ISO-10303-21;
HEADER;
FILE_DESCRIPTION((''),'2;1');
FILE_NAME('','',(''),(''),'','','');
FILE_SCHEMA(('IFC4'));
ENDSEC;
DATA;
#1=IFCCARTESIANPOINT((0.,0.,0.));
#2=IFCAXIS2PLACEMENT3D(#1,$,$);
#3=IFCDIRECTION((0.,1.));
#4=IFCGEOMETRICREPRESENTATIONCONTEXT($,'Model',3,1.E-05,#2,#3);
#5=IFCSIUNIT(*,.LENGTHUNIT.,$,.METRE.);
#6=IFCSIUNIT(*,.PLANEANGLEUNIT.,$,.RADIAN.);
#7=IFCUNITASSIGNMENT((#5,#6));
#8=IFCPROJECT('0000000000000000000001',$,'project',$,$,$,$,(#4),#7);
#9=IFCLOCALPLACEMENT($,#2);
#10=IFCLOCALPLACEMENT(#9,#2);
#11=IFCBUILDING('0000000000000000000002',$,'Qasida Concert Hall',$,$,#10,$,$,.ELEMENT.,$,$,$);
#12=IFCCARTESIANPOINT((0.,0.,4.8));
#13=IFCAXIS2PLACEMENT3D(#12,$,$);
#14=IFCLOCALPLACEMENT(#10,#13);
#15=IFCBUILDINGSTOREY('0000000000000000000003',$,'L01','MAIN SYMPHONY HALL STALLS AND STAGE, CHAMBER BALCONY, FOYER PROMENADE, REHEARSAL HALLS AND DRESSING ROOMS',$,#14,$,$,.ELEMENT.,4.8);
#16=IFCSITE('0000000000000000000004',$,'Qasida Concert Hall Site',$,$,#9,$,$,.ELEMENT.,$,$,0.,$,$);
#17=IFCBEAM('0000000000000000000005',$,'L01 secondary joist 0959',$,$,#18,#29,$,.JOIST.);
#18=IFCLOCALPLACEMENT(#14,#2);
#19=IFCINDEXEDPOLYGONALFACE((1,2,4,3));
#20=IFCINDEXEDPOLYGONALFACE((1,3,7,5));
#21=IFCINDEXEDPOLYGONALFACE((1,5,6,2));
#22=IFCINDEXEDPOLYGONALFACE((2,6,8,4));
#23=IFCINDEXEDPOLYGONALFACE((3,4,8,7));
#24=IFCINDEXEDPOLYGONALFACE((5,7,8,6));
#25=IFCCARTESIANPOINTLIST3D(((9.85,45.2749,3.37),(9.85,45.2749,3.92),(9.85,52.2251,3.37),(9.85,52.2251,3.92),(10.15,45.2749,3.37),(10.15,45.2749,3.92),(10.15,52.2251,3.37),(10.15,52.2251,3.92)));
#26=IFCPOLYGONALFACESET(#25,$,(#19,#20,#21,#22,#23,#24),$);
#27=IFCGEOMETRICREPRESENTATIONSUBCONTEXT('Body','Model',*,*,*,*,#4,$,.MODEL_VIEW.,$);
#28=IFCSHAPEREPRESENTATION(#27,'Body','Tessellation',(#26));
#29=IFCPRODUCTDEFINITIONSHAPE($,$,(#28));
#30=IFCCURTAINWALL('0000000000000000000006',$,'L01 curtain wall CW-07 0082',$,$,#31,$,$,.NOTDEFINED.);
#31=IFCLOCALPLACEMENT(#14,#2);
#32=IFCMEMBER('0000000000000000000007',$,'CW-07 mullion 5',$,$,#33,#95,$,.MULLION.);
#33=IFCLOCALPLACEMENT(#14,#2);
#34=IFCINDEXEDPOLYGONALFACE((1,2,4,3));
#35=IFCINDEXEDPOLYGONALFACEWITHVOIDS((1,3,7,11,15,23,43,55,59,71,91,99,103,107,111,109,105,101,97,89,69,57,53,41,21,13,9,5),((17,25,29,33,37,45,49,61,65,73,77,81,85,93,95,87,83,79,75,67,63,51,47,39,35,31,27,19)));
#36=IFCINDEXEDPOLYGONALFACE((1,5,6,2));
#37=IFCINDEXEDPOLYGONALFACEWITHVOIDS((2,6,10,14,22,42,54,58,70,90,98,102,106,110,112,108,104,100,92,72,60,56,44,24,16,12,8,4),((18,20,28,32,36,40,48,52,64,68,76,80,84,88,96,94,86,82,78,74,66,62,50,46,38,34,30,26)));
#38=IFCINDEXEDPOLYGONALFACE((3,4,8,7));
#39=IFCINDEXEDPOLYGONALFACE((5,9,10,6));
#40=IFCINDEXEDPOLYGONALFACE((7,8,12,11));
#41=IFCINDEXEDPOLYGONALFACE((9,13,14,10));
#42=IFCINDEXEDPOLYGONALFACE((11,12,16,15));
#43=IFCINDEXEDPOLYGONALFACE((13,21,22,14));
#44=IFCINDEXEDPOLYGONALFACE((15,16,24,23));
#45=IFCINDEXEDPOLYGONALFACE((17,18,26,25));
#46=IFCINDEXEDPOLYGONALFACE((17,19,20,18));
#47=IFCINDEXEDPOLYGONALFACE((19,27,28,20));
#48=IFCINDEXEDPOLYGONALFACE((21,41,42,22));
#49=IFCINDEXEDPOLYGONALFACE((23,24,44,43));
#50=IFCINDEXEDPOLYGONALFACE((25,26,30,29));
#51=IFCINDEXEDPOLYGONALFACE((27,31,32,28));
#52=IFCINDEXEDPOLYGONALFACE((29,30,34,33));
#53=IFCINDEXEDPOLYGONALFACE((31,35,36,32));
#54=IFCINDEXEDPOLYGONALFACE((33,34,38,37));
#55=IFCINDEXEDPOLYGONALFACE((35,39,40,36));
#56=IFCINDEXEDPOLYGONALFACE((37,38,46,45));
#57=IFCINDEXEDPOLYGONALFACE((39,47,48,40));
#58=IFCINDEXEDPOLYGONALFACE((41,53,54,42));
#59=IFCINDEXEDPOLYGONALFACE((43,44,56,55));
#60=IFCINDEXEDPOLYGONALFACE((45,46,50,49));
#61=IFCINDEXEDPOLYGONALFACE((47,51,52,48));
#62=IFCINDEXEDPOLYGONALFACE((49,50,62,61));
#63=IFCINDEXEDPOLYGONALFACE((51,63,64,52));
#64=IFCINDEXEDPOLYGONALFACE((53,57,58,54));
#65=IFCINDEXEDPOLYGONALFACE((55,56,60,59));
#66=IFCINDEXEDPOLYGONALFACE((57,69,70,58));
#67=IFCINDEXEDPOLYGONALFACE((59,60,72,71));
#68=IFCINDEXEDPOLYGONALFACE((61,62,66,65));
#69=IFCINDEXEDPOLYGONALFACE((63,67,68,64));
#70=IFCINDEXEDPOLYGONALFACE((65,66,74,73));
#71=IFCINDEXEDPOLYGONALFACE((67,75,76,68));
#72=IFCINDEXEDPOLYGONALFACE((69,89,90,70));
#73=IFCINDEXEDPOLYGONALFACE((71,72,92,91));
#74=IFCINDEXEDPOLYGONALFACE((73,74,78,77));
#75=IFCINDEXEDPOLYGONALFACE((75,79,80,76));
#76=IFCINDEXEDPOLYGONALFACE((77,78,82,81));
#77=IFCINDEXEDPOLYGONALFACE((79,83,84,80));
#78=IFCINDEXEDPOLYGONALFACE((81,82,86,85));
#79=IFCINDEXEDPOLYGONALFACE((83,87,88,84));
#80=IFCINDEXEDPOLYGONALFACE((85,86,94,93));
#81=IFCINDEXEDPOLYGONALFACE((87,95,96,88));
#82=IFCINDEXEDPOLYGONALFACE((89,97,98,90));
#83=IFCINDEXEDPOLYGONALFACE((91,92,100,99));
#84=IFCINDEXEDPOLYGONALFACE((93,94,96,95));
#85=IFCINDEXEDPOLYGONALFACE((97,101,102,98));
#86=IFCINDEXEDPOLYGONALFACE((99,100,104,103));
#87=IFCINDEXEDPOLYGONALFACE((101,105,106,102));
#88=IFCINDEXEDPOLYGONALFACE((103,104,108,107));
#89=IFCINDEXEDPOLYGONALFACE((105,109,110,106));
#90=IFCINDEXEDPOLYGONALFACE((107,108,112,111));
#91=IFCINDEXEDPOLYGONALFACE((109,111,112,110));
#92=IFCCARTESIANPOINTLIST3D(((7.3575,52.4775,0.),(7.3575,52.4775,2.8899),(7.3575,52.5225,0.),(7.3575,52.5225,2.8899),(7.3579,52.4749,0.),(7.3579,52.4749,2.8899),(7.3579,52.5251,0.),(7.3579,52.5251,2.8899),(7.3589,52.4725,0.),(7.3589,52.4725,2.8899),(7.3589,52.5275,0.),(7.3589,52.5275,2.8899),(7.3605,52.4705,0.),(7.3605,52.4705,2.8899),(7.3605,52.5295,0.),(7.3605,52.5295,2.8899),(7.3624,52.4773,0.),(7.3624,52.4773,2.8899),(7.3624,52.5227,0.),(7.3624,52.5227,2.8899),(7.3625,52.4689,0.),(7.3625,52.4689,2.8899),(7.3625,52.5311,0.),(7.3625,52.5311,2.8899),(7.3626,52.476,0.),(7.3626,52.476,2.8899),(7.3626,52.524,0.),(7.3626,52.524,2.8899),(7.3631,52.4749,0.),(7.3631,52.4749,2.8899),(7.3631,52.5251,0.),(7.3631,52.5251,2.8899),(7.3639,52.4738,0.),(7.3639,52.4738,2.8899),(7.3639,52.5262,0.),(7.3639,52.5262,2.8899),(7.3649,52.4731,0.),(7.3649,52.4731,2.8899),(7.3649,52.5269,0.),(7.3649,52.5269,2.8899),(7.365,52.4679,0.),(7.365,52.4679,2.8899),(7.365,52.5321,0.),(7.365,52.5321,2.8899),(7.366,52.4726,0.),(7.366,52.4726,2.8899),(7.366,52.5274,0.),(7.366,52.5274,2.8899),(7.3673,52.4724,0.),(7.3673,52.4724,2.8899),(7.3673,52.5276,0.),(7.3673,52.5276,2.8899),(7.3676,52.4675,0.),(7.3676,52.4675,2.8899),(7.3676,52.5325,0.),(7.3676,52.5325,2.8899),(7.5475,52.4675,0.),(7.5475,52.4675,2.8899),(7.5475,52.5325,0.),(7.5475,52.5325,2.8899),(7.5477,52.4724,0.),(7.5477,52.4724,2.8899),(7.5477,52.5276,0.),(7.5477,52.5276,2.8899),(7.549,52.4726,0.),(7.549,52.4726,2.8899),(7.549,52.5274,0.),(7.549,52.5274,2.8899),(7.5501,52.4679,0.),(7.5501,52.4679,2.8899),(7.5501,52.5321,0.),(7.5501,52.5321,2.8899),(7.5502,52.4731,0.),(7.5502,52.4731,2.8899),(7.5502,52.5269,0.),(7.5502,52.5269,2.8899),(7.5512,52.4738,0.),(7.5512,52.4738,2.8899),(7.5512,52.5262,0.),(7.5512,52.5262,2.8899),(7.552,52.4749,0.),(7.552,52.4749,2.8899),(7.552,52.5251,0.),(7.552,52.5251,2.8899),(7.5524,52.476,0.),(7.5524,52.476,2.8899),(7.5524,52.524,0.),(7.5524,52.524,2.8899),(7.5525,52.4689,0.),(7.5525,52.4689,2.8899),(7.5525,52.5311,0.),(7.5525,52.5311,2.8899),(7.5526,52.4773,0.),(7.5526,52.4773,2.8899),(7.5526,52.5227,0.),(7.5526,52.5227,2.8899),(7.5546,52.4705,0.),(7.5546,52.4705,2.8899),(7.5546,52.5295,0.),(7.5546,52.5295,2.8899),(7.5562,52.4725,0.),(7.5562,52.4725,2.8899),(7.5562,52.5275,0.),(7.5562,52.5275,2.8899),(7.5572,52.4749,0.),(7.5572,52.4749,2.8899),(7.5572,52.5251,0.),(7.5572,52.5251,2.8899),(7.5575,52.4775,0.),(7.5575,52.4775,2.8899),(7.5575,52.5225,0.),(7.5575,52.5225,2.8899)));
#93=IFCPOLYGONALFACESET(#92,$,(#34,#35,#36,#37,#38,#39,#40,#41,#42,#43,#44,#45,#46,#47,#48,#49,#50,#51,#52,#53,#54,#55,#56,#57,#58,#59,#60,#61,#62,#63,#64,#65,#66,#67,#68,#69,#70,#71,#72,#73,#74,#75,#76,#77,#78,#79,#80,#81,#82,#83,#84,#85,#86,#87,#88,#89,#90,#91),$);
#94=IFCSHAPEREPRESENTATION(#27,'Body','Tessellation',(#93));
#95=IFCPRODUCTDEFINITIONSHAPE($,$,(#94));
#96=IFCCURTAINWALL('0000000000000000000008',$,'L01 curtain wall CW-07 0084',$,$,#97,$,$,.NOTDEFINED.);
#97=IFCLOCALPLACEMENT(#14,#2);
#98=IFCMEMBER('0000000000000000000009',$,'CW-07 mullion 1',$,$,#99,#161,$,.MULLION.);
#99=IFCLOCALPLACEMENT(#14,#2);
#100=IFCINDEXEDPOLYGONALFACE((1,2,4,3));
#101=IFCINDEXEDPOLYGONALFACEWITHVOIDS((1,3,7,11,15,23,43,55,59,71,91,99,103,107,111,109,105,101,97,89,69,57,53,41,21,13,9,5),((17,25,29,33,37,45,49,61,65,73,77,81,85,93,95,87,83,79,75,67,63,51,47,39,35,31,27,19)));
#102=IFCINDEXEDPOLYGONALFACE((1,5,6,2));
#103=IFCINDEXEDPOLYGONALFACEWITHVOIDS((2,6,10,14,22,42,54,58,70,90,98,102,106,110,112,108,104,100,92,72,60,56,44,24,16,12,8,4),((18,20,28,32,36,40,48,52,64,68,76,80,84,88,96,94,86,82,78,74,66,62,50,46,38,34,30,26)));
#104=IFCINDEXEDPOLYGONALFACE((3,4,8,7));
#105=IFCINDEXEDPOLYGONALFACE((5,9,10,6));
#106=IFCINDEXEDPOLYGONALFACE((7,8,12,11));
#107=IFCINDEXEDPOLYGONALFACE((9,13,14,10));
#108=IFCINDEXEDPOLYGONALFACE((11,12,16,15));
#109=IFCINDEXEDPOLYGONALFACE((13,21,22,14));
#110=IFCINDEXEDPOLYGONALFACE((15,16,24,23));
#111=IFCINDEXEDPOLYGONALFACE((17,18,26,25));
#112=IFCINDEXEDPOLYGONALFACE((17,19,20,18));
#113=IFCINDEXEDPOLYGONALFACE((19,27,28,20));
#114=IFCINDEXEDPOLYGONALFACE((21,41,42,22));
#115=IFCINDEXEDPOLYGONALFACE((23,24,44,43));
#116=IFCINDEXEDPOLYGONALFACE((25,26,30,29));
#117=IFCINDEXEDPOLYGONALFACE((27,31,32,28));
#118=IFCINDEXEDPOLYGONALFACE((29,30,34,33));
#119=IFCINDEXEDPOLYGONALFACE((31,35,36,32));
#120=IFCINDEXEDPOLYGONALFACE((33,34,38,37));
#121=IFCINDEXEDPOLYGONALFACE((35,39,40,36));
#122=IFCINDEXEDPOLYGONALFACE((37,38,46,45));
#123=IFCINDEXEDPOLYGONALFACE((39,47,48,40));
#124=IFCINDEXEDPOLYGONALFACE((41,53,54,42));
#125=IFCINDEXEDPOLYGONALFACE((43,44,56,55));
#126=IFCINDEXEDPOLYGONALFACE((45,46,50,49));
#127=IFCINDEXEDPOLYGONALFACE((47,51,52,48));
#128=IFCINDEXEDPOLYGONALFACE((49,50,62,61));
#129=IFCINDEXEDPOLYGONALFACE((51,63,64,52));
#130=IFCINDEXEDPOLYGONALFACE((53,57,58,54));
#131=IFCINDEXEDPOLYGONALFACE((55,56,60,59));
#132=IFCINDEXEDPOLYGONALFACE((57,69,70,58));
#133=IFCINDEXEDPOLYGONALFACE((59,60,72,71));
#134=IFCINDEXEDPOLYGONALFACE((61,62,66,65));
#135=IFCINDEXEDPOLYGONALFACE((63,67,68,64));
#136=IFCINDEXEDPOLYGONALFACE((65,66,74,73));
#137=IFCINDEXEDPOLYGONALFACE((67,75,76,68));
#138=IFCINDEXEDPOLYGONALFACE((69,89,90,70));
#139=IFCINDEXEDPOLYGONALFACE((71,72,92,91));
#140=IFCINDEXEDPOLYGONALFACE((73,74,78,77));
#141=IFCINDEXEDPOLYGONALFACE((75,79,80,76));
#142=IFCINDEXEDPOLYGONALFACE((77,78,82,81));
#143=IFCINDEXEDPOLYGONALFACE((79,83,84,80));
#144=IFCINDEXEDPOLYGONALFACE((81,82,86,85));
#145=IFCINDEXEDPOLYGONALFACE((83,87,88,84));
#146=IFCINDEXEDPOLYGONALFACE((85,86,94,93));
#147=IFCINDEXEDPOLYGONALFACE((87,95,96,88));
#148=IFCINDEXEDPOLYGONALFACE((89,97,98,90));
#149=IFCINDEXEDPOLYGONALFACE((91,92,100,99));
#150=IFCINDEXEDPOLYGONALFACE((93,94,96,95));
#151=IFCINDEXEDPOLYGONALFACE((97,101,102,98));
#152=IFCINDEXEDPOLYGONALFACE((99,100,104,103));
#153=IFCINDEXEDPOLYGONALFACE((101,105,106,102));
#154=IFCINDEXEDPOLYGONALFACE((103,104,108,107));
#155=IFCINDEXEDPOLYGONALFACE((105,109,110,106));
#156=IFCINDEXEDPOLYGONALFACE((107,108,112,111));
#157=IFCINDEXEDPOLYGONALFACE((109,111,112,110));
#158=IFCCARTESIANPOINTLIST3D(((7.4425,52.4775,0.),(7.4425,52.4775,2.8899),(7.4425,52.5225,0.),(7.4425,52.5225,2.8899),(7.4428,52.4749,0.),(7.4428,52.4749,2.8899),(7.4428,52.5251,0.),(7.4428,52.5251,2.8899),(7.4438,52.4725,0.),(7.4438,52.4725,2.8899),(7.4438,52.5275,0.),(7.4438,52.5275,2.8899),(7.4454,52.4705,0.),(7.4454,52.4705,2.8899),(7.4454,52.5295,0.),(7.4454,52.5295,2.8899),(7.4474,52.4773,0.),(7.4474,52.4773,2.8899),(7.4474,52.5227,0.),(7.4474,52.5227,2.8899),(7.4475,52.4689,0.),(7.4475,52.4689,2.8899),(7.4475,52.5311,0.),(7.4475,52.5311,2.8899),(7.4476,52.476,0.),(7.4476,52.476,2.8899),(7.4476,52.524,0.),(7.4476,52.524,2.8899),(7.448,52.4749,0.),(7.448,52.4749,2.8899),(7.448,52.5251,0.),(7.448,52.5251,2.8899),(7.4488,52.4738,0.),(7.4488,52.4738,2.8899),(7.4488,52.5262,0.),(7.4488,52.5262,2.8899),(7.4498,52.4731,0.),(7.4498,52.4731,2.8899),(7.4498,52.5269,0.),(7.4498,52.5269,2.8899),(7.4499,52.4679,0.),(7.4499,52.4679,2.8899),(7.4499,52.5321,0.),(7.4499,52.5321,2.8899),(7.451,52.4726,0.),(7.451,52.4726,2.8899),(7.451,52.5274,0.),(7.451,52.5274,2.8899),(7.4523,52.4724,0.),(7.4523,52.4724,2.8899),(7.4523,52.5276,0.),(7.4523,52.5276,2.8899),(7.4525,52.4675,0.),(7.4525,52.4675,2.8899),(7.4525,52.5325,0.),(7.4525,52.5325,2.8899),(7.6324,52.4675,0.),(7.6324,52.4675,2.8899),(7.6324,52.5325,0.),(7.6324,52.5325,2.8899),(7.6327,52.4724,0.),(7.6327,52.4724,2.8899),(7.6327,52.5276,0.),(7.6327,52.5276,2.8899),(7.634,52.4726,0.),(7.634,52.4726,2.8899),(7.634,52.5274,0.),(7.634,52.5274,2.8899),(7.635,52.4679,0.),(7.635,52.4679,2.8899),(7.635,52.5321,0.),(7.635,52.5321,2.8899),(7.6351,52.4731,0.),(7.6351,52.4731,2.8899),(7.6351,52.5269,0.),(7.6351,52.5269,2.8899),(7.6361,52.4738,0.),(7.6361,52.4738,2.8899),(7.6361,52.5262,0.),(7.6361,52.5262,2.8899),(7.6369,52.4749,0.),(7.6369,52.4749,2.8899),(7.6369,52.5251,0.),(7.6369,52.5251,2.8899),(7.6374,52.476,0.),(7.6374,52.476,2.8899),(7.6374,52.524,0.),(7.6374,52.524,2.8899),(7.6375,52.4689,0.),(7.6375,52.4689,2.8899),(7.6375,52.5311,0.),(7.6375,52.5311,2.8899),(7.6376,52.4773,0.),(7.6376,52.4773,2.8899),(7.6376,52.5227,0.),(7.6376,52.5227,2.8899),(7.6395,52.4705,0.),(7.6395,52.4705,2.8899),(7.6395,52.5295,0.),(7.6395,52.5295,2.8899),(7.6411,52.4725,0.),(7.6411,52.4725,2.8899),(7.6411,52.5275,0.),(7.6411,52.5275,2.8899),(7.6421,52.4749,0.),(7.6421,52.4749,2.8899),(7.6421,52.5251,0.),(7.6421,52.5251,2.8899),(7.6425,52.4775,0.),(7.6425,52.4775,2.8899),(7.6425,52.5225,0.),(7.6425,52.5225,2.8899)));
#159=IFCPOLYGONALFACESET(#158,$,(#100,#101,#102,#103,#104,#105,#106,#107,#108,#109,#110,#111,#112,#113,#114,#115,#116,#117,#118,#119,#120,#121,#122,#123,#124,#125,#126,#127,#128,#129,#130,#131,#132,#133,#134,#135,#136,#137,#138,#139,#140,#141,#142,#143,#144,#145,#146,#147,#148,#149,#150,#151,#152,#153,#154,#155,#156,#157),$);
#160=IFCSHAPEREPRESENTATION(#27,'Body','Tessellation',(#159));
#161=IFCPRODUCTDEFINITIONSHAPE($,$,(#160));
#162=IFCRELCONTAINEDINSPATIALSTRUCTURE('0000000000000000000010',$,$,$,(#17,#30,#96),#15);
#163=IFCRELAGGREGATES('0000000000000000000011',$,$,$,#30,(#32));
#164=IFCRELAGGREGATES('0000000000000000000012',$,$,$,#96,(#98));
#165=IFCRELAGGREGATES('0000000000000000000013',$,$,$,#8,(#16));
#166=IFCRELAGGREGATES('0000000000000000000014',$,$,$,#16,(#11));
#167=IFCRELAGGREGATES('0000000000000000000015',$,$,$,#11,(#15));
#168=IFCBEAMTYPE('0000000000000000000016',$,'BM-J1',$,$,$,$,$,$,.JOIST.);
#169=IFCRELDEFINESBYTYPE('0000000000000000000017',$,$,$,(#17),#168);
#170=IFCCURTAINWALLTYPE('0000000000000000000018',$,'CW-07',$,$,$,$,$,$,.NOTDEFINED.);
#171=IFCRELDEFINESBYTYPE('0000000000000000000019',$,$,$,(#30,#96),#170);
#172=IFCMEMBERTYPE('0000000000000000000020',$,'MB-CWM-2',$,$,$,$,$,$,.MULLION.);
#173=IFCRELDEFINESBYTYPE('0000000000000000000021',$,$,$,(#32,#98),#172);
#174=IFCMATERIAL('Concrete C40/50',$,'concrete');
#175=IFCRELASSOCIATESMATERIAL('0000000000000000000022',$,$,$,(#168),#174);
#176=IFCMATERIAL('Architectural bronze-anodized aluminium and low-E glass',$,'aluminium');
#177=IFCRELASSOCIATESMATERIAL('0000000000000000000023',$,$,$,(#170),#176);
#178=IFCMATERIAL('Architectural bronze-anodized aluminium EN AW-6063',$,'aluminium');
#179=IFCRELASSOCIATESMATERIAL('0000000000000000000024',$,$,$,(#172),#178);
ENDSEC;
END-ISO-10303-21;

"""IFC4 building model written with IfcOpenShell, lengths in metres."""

from ifc_helpers import new_model, si_unit, direction, frame, origin, origin_2d, place, context, subcontext, project, spatial, rectangle, hollow_rectangle, extrude, material, material_profile, profile_set, type_object, element, aggregate, save


model = new_model("IFC4")

# Units and contexts
model_context = context("Model", 3, precision=1e-05, world=origin(), true_north=direction((0.0, 1.0)))
body_context = subcontext(model_context, "Body", "Model", "MODEL_VIEW")
ifc_project = project(units=[si_unit("LENGTHUNIT", "METRE"), si_unit("PLANEANGLEUNIT", "RADIAN")], contexts=[model_context])

# Site, building, storey
site_placement = place(None, origin())
site = spatial("IfcSite", under=ifc_project, at=site_placement, Name="Qasida Concert Hall Site", CompositionType="ELEMENT", RefElevation=0.0)
building_placement = place(site_placement, origin())
building = spatial("IfcBuilding", under=site, at=building_placement, Name="Qasida Concert Hall", CompositionType="ELEMENT")
storey_placement = place(building_placement, frame((0.0, 0.0, 4.8)))
storey = spatial("IfcBuildingStorey", under=building, at=storey_placement, Name="L01", Description="MAIN SYMPHONY HALL STALLS AND STAGE, CHAMBER BALCONY, FOYER PROMENADE, REHEARSAL HALLS AND DRESSING ROOMS", CompositionType="ELEMENT", Elevation=4.8)

# Beam
ifc_material_1 = material(Name="Concrete C40/50", Category="concrete")
ifc_material_profile_1 = material_profile(ifc_material_1, rectangle(XDim=0.3, YDim=0.55, at=origin_2d()), Name="RC 300x550")
ifc_profile_set_1 = profile_set([ifc_material_profile_1], Name="Concrete C40/50")
beam_type = type_object("IfcBeamType", Name="BM-J1", PredefinedType="JOIST", material=ifc_profile_set_1)
beam_placement = place(storey_placement, frame((10.0, 45.2749, 3.645), z_axis=(0.0, 1.0, 0.0), x_axis=(-1.0, 0.0, 0.0)))
element("IfcBeam", 1, at=beam_placement, inside=storey, type_object=beam_type, Name="L01 secondary joist 0959", PredefinedType="JOIST", context=body_context, shape_type="SweptSolid", body=[
    extrude(rectangle(XDim=0.3, YDim=0.55, at=origin_2d()), origin(), (0.0, 0.0, 1.0), 6.9502),
])

# Curtain wall, member
ifc_material_2 = material(Name="Architectural bronze-anodized aluminium and low-E glass", Category="aluminium")
curtain_wall_type = type_object("IfcCurtainWallType", Name="CW-07", PredefinedType="NOTDEFINED", material=ifc_material_2)
curtain_wall_1_placement = place(storey_placement, origin())
curtain_wall_1 = element("IfcCurtainWall", 2, at=curtain_wall_1_placement, inside=storey, type_object=curtain_wall_type, Name="L01 curtain wall CW-07 0082", PredefinedType="NOTDEFINED")
ifc_material_3 = material(Name="Architectural bronze-anodized aluminium EN AW-6063", Category="aluminium")
ifc_material_profile_2 = material_profile(ifc_material_3, hollow_rectangle(XDim=0.0649, YDim=0.2, WallThickness=0.0049, InnerFilletRadius=0.0049, OuterFilletRadius=0.01, at=origin_2d()), Name="CWM 200x65x5")
ifc_profile_set_2 = profile_set([ifc_material_profile_2], Name="Architectural bronze-anodized aluminium EN AW-6063")
member_type_1 = type_object("IfcMemberType", Name="MB-CWM-2", PredefinedType="MULLION", material=ifc_profile_set_2)
member_1_placement = place(storey_placement, frame((7.4575, 52.5, 0.0), z_axis=(0.0, 0.0, 1.0), x_axis=(0.0, 1.0, 0.0)))
member_1 = element("IfcMember", 3, at=member_1_placement, type_object=member_type_1, Name="CW-07 mullion 5", PredefinedType="MULLION", context=body_context, shape_type="SweptSolid", body=[
    extrude(hollow_rectangle(XDim=0.0649, YDim=0.2, WallThickness=0.0049, InnerFilletRadius=0.0049, OuterFilletRadius=0.01, at=origin_2d()), origin(), (0.0, 0.0, 1.0), 2.8899),
])

# Curtain wall, member
curtain_wall_2_placement = place(storey_placement, origin())
curtain_wall_2 = element("IfcCurtainWall", 4, at=curtain_wall_2_placement, inside=storey, type_object=curtain_wall_type, Name="L01 curtain wall CW-07 0084", PredefinedType="NOTDEFINED")
member_2_placement = place(storey_placement, frame((7.5425, 52.5, 0.0), z_axis=(0.0, 0.0, 1.0), x_axis=(0.0, 1.0, 0.0)))
member_2 = element("IfcMember", 5, at=member_2_placement, type_object=member_type_1, Name="CW-07 mullion 1", PredefinedType="MULLION", context=body_context, shape_type="SweptSolid", body=[
    extrude(hollow_rectangle(XDim=0.0649, YDim=0.2, WallThickness=0.0049, InnerFilletRadius=0.0049, OuterFilletRadius=0.01, at=origin_2d()), origin(), (0.0, 0.0, 1.0), 2.8899),
])

aggregate(curtain_wall_1, [member_1])
aggregate(curtain_wall_2, [member_2])

save(model, "model.ifc")
